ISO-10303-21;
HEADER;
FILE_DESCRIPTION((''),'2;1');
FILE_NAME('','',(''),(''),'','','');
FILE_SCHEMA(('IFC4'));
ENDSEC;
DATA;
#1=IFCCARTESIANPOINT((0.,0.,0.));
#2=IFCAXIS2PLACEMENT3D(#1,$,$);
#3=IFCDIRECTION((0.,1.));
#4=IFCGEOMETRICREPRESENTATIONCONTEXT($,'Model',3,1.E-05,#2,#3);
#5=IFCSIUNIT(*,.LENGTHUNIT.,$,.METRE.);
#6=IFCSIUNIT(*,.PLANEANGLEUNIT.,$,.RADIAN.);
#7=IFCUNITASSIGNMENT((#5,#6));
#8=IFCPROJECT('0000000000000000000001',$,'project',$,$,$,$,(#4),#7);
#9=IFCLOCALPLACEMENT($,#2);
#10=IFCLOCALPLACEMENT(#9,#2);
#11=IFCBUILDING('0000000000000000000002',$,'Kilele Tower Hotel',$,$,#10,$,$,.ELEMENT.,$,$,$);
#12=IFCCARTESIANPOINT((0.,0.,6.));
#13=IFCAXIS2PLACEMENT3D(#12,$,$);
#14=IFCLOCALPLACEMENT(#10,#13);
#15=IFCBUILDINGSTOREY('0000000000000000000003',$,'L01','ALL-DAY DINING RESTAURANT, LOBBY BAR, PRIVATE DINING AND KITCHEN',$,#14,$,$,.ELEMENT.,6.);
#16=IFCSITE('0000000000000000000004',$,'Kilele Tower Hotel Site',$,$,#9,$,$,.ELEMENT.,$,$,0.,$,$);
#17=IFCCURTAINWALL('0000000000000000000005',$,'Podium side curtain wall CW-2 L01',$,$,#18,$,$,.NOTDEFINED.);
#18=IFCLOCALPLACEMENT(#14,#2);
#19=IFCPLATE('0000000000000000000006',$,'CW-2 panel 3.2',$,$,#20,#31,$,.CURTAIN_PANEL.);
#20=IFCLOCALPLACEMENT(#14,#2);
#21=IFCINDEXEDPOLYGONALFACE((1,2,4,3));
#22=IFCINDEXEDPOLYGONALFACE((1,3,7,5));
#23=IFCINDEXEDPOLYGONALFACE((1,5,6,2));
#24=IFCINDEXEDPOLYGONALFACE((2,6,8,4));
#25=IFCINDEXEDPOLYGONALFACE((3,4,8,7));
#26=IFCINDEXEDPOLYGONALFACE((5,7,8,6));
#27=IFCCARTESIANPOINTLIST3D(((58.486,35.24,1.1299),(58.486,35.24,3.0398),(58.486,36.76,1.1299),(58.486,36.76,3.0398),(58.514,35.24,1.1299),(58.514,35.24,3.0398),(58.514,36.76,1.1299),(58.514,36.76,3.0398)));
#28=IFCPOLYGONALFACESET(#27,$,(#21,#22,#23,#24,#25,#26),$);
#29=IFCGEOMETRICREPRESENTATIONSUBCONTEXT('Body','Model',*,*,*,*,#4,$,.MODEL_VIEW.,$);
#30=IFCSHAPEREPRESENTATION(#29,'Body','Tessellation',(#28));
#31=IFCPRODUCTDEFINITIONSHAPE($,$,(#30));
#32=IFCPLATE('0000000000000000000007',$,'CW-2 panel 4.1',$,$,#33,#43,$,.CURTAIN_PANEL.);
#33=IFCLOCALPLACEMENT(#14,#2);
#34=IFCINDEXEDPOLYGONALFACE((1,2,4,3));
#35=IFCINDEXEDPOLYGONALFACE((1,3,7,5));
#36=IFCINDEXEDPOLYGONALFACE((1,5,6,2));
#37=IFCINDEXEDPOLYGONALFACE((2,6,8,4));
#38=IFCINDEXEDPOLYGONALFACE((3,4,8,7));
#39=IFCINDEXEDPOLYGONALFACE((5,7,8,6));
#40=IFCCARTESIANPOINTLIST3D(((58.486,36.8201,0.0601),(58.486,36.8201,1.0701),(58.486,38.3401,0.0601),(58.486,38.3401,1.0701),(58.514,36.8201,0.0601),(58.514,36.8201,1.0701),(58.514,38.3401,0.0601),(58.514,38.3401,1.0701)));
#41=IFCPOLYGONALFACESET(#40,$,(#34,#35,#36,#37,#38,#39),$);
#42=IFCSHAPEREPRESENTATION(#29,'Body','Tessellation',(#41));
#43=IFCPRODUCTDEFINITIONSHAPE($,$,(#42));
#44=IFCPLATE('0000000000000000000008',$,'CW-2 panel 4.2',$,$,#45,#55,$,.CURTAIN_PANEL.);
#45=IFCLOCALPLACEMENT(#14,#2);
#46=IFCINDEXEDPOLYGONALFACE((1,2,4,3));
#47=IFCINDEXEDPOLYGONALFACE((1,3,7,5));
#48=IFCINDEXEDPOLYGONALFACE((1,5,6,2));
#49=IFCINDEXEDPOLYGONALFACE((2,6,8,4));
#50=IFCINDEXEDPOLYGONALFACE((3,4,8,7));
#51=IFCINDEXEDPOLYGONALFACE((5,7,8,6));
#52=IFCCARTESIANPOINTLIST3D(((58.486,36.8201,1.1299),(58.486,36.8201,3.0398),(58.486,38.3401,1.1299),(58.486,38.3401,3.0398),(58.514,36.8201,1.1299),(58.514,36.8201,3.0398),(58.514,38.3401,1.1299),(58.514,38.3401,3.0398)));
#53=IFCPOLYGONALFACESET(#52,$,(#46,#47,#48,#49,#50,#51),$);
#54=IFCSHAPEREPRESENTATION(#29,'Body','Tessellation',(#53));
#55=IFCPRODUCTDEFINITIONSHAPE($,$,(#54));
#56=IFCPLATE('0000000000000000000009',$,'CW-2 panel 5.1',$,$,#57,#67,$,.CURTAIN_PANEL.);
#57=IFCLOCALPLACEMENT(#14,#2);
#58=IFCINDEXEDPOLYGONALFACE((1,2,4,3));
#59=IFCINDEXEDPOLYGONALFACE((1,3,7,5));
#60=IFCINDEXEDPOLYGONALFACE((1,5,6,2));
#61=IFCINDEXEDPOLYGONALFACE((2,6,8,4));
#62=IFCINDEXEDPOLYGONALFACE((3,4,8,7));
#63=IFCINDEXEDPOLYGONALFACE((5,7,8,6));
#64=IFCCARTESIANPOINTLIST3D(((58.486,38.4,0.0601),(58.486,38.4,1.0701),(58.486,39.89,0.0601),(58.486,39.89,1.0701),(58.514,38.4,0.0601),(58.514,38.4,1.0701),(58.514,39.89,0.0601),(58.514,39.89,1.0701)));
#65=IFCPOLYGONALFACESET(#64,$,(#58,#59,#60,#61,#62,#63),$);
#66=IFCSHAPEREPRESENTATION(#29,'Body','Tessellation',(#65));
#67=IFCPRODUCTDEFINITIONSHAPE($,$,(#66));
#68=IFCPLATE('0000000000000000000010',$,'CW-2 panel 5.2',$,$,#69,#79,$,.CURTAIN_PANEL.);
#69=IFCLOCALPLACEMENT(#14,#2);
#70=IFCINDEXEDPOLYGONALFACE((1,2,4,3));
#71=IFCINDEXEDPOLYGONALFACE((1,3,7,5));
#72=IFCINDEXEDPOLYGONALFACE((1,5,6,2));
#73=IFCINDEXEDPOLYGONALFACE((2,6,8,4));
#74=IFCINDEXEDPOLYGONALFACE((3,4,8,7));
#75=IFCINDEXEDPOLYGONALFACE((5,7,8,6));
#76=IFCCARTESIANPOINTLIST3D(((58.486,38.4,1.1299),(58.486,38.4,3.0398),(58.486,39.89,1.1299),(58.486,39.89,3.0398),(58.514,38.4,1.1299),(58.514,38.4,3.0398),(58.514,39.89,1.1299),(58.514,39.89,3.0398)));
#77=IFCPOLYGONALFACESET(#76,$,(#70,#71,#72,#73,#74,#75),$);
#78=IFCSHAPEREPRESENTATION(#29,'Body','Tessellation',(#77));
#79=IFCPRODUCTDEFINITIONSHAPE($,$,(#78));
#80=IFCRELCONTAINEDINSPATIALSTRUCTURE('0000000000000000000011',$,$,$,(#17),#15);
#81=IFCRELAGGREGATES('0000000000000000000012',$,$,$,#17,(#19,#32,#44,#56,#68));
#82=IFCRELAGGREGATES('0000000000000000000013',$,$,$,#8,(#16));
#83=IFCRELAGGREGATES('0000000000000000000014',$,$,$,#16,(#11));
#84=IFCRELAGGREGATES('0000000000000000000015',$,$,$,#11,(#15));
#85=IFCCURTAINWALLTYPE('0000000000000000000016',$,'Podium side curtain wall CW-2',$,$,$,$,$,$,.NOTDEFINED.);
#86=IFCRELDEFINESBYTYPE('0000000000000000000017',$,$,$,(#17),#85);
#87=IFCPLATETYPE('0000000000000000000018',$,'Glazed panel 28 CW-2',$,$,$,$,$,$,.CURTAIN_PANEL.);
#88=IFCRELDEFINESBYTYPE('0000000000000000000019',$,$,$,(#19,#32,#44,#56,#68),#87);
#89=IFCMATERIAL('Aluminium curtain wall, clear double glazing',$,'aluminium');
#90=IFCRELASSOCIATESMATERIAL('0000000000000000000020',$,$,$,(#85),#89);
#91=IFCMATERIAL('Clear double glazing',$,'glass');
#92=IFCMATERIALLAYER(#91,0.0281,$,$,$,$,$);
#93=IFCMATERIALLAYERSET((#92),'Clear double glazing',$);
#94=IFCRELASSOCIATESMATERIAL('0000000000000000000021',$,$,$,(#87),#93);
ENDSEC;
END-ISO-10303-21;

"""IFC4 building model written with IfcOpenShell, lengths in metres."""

from ifc_helpers import new_model, si_unit, direction, frame, origin, origin_2d, place, context, subcontext, project, spatial, rectangle, extrude, material, layer, layer_set, type_object, element, aggregate, save


model = new_model("IFC4")

# Units and contexts
model_context = context("Model", 3, precision=1e-05, world=origin(), true_north=direction((0.0, 1.0)))
body_context = subcontext(model_context, "Body", "Model", "MODEL_VIEW")
ifc_project = project(units=[si_unit("LENGTHUNIT", "METRE"), si_unit("PLANEANGLEUNIT", "RADIAN")], contexts=[model_context])

# Site, building, storey
site_placement = place(None, origin())
site = spatial("IfcSite", under=ifc_project, at=site_placement, Name="Kilele Tower Hotel Site", CompositionType="ELEMENT", RefElevation=0.0)
building_placement = place(site_placement, origin())
building = spatial("IfcBuilding", under=site, at=building_placement, Name="Kilele Tower Hotel", CompositionType="ELEMENT")
storey_placement = place(building_placement, frame((0.0, 0.0, 6.0)))
storey = spatial("IfcBuildingStorey", under=building, at=storey_placement, Name="L01", Description="ALL-DAY DINING RESTAURANT, LOBBY BAR, PRIVATE DINING AND KITCHEN", CompositionType="ELEMENT", Elevation=6.0)

# Curtain wall
ifc_material_1 = material(Name="Aluminium curtain wall, clear double glazing", Category="aluminium")
curtain_wall_type_1 = type_object("IfcCurtainWallType", Name="Podium side curtain wall CW-2", PredefinedType="NOTDEFINED", material=ifc_material_1)
curtain_wall_1_placement = place(storey_placement, origin())
curtain_wall_1 = element("IfcCurtainWall", 1, at=curtain_wall_1_placement, inside=storey, type_object=curtain_wall_type_1, Name="Podium side curtain wall CW-2 L01", PredefinedType="NOTDEFINED")

# Plates
ifc_material_2 = material(Name="Clear double glazing", Category="glass")
ifc_layer_1 = layer(ifc_material_2, 0.0281)
ifc_layer_set_1 = layer_set([ifc_layer_1], Name="Clear double glazing")
plate_type_1 = type_object("IfcPlateType", Name="Glazed panel 28 CW-2", PredefinedType="CURTAIN_PANEL", material=ifc_layer_set_1)
plate_1_placement = place(storey_placement, frame((58.5, 36.0, 1.1299), z_axis=(0.0, 0.0, 1.0), x_axis=(0.0, 1.0, 0.0)))
plate_1 = element("IfcPlate", 2, at=plate_1_placement, type_object=plate_type_1, Name="CW-2 panel 3.2", PredefinedType="CURTAIN_PANEL", context=body_context, shape_type="SweptSolid", body=[
    extrude(rectangle(XDim=1.52, YDim=0.0281, at=origin_2d()), origin(), (0.0, 0.0, 1.0), 1.9099),
])
plate_2_placement = place(storey_placement, frame((58.5, 37.5801, 0.0601), z_axis=(0.0, 0.0, 1.0), x_axis=(0.0, 1.0, 0.0)))
plate_2 = element("IfcPlate", 3, at=plate_2_placement, type_object=plate_type_1, Name="CW-2 panel 4.1", PredefinedType="CURTAIN_PANEL", context=body_context, shape_type="SweptSolid", body=[
    extrude(rectangle(XDim=1.52, YDim=0.0281, at=origin_2d()), origin(), (0.0, 0.0, 1.0), 1.01),
])
plate_3_placement = place(storey_placement, frame((58.5, 37.5801, 1.1299), z_axis=(0.0, 0.0, 1.0), x_axis=(0.0, 1.0, 0.0)))
plate_3 = element("IfcPlate", 4, at=plate_3_placement, type_object=plate_type_1, Name="CW-2 panel 4.2", PredefinedType="CURTAIN_PANEL", context=body_context, shape_type="SweptSolid", body=[
    extrude(rectangle(XDim=1.52, YDim=0.0281, at=origin_2d()), origin(), (0.0, 0.0, 1.0), 1.9099),
])
plate_4_placement = place(storey_placement, frame((58.5, 39.145, 0.0601), z_axis=(0.0, 0.0, 1.0), x_axis=(0.0, 1.0, 0.0)))
plate_4 = element("IfcPlate", 5, at=plate_4_placement, type_object=plate_type_1, Name="CW-2 panel 5.1", PredefinedType="CURTAIN_PANEL", context=body_context, shape_type="SweptSolid", body=[
    extrude(rectangle(XDim=1.49, YDim=0.0281, at=origin_2d()), origin(), (0.0, 0.0, 1.0), 1.01),
])
plate_5_placement = place(storey_placement, frame((58.5, 39.145, 1.1299), z_axis=(0.0, 0.0, 1.0), x_axis=(0.0, 1.0, 0.0)))
plate_5 = element("IfcPlate", 6, at=plate_5_placement, type_object=plate_type_1, Name="CW-2 panel 5.2", PredefinedType="CURTAIN_PANEL", context=body_context, shape_type="SweptSolid", body=[
    extrude(rectangle(XDim=1.49, YDim=0.0281, at=origin_2d()), origin(), (0.0, 0.0, 1.0), 1.9099),
])
aggregate(curtain_wall_1, [plate_1, plate_2, plate_3, plate_4, plate_5])

save(model, "model.ifc")
